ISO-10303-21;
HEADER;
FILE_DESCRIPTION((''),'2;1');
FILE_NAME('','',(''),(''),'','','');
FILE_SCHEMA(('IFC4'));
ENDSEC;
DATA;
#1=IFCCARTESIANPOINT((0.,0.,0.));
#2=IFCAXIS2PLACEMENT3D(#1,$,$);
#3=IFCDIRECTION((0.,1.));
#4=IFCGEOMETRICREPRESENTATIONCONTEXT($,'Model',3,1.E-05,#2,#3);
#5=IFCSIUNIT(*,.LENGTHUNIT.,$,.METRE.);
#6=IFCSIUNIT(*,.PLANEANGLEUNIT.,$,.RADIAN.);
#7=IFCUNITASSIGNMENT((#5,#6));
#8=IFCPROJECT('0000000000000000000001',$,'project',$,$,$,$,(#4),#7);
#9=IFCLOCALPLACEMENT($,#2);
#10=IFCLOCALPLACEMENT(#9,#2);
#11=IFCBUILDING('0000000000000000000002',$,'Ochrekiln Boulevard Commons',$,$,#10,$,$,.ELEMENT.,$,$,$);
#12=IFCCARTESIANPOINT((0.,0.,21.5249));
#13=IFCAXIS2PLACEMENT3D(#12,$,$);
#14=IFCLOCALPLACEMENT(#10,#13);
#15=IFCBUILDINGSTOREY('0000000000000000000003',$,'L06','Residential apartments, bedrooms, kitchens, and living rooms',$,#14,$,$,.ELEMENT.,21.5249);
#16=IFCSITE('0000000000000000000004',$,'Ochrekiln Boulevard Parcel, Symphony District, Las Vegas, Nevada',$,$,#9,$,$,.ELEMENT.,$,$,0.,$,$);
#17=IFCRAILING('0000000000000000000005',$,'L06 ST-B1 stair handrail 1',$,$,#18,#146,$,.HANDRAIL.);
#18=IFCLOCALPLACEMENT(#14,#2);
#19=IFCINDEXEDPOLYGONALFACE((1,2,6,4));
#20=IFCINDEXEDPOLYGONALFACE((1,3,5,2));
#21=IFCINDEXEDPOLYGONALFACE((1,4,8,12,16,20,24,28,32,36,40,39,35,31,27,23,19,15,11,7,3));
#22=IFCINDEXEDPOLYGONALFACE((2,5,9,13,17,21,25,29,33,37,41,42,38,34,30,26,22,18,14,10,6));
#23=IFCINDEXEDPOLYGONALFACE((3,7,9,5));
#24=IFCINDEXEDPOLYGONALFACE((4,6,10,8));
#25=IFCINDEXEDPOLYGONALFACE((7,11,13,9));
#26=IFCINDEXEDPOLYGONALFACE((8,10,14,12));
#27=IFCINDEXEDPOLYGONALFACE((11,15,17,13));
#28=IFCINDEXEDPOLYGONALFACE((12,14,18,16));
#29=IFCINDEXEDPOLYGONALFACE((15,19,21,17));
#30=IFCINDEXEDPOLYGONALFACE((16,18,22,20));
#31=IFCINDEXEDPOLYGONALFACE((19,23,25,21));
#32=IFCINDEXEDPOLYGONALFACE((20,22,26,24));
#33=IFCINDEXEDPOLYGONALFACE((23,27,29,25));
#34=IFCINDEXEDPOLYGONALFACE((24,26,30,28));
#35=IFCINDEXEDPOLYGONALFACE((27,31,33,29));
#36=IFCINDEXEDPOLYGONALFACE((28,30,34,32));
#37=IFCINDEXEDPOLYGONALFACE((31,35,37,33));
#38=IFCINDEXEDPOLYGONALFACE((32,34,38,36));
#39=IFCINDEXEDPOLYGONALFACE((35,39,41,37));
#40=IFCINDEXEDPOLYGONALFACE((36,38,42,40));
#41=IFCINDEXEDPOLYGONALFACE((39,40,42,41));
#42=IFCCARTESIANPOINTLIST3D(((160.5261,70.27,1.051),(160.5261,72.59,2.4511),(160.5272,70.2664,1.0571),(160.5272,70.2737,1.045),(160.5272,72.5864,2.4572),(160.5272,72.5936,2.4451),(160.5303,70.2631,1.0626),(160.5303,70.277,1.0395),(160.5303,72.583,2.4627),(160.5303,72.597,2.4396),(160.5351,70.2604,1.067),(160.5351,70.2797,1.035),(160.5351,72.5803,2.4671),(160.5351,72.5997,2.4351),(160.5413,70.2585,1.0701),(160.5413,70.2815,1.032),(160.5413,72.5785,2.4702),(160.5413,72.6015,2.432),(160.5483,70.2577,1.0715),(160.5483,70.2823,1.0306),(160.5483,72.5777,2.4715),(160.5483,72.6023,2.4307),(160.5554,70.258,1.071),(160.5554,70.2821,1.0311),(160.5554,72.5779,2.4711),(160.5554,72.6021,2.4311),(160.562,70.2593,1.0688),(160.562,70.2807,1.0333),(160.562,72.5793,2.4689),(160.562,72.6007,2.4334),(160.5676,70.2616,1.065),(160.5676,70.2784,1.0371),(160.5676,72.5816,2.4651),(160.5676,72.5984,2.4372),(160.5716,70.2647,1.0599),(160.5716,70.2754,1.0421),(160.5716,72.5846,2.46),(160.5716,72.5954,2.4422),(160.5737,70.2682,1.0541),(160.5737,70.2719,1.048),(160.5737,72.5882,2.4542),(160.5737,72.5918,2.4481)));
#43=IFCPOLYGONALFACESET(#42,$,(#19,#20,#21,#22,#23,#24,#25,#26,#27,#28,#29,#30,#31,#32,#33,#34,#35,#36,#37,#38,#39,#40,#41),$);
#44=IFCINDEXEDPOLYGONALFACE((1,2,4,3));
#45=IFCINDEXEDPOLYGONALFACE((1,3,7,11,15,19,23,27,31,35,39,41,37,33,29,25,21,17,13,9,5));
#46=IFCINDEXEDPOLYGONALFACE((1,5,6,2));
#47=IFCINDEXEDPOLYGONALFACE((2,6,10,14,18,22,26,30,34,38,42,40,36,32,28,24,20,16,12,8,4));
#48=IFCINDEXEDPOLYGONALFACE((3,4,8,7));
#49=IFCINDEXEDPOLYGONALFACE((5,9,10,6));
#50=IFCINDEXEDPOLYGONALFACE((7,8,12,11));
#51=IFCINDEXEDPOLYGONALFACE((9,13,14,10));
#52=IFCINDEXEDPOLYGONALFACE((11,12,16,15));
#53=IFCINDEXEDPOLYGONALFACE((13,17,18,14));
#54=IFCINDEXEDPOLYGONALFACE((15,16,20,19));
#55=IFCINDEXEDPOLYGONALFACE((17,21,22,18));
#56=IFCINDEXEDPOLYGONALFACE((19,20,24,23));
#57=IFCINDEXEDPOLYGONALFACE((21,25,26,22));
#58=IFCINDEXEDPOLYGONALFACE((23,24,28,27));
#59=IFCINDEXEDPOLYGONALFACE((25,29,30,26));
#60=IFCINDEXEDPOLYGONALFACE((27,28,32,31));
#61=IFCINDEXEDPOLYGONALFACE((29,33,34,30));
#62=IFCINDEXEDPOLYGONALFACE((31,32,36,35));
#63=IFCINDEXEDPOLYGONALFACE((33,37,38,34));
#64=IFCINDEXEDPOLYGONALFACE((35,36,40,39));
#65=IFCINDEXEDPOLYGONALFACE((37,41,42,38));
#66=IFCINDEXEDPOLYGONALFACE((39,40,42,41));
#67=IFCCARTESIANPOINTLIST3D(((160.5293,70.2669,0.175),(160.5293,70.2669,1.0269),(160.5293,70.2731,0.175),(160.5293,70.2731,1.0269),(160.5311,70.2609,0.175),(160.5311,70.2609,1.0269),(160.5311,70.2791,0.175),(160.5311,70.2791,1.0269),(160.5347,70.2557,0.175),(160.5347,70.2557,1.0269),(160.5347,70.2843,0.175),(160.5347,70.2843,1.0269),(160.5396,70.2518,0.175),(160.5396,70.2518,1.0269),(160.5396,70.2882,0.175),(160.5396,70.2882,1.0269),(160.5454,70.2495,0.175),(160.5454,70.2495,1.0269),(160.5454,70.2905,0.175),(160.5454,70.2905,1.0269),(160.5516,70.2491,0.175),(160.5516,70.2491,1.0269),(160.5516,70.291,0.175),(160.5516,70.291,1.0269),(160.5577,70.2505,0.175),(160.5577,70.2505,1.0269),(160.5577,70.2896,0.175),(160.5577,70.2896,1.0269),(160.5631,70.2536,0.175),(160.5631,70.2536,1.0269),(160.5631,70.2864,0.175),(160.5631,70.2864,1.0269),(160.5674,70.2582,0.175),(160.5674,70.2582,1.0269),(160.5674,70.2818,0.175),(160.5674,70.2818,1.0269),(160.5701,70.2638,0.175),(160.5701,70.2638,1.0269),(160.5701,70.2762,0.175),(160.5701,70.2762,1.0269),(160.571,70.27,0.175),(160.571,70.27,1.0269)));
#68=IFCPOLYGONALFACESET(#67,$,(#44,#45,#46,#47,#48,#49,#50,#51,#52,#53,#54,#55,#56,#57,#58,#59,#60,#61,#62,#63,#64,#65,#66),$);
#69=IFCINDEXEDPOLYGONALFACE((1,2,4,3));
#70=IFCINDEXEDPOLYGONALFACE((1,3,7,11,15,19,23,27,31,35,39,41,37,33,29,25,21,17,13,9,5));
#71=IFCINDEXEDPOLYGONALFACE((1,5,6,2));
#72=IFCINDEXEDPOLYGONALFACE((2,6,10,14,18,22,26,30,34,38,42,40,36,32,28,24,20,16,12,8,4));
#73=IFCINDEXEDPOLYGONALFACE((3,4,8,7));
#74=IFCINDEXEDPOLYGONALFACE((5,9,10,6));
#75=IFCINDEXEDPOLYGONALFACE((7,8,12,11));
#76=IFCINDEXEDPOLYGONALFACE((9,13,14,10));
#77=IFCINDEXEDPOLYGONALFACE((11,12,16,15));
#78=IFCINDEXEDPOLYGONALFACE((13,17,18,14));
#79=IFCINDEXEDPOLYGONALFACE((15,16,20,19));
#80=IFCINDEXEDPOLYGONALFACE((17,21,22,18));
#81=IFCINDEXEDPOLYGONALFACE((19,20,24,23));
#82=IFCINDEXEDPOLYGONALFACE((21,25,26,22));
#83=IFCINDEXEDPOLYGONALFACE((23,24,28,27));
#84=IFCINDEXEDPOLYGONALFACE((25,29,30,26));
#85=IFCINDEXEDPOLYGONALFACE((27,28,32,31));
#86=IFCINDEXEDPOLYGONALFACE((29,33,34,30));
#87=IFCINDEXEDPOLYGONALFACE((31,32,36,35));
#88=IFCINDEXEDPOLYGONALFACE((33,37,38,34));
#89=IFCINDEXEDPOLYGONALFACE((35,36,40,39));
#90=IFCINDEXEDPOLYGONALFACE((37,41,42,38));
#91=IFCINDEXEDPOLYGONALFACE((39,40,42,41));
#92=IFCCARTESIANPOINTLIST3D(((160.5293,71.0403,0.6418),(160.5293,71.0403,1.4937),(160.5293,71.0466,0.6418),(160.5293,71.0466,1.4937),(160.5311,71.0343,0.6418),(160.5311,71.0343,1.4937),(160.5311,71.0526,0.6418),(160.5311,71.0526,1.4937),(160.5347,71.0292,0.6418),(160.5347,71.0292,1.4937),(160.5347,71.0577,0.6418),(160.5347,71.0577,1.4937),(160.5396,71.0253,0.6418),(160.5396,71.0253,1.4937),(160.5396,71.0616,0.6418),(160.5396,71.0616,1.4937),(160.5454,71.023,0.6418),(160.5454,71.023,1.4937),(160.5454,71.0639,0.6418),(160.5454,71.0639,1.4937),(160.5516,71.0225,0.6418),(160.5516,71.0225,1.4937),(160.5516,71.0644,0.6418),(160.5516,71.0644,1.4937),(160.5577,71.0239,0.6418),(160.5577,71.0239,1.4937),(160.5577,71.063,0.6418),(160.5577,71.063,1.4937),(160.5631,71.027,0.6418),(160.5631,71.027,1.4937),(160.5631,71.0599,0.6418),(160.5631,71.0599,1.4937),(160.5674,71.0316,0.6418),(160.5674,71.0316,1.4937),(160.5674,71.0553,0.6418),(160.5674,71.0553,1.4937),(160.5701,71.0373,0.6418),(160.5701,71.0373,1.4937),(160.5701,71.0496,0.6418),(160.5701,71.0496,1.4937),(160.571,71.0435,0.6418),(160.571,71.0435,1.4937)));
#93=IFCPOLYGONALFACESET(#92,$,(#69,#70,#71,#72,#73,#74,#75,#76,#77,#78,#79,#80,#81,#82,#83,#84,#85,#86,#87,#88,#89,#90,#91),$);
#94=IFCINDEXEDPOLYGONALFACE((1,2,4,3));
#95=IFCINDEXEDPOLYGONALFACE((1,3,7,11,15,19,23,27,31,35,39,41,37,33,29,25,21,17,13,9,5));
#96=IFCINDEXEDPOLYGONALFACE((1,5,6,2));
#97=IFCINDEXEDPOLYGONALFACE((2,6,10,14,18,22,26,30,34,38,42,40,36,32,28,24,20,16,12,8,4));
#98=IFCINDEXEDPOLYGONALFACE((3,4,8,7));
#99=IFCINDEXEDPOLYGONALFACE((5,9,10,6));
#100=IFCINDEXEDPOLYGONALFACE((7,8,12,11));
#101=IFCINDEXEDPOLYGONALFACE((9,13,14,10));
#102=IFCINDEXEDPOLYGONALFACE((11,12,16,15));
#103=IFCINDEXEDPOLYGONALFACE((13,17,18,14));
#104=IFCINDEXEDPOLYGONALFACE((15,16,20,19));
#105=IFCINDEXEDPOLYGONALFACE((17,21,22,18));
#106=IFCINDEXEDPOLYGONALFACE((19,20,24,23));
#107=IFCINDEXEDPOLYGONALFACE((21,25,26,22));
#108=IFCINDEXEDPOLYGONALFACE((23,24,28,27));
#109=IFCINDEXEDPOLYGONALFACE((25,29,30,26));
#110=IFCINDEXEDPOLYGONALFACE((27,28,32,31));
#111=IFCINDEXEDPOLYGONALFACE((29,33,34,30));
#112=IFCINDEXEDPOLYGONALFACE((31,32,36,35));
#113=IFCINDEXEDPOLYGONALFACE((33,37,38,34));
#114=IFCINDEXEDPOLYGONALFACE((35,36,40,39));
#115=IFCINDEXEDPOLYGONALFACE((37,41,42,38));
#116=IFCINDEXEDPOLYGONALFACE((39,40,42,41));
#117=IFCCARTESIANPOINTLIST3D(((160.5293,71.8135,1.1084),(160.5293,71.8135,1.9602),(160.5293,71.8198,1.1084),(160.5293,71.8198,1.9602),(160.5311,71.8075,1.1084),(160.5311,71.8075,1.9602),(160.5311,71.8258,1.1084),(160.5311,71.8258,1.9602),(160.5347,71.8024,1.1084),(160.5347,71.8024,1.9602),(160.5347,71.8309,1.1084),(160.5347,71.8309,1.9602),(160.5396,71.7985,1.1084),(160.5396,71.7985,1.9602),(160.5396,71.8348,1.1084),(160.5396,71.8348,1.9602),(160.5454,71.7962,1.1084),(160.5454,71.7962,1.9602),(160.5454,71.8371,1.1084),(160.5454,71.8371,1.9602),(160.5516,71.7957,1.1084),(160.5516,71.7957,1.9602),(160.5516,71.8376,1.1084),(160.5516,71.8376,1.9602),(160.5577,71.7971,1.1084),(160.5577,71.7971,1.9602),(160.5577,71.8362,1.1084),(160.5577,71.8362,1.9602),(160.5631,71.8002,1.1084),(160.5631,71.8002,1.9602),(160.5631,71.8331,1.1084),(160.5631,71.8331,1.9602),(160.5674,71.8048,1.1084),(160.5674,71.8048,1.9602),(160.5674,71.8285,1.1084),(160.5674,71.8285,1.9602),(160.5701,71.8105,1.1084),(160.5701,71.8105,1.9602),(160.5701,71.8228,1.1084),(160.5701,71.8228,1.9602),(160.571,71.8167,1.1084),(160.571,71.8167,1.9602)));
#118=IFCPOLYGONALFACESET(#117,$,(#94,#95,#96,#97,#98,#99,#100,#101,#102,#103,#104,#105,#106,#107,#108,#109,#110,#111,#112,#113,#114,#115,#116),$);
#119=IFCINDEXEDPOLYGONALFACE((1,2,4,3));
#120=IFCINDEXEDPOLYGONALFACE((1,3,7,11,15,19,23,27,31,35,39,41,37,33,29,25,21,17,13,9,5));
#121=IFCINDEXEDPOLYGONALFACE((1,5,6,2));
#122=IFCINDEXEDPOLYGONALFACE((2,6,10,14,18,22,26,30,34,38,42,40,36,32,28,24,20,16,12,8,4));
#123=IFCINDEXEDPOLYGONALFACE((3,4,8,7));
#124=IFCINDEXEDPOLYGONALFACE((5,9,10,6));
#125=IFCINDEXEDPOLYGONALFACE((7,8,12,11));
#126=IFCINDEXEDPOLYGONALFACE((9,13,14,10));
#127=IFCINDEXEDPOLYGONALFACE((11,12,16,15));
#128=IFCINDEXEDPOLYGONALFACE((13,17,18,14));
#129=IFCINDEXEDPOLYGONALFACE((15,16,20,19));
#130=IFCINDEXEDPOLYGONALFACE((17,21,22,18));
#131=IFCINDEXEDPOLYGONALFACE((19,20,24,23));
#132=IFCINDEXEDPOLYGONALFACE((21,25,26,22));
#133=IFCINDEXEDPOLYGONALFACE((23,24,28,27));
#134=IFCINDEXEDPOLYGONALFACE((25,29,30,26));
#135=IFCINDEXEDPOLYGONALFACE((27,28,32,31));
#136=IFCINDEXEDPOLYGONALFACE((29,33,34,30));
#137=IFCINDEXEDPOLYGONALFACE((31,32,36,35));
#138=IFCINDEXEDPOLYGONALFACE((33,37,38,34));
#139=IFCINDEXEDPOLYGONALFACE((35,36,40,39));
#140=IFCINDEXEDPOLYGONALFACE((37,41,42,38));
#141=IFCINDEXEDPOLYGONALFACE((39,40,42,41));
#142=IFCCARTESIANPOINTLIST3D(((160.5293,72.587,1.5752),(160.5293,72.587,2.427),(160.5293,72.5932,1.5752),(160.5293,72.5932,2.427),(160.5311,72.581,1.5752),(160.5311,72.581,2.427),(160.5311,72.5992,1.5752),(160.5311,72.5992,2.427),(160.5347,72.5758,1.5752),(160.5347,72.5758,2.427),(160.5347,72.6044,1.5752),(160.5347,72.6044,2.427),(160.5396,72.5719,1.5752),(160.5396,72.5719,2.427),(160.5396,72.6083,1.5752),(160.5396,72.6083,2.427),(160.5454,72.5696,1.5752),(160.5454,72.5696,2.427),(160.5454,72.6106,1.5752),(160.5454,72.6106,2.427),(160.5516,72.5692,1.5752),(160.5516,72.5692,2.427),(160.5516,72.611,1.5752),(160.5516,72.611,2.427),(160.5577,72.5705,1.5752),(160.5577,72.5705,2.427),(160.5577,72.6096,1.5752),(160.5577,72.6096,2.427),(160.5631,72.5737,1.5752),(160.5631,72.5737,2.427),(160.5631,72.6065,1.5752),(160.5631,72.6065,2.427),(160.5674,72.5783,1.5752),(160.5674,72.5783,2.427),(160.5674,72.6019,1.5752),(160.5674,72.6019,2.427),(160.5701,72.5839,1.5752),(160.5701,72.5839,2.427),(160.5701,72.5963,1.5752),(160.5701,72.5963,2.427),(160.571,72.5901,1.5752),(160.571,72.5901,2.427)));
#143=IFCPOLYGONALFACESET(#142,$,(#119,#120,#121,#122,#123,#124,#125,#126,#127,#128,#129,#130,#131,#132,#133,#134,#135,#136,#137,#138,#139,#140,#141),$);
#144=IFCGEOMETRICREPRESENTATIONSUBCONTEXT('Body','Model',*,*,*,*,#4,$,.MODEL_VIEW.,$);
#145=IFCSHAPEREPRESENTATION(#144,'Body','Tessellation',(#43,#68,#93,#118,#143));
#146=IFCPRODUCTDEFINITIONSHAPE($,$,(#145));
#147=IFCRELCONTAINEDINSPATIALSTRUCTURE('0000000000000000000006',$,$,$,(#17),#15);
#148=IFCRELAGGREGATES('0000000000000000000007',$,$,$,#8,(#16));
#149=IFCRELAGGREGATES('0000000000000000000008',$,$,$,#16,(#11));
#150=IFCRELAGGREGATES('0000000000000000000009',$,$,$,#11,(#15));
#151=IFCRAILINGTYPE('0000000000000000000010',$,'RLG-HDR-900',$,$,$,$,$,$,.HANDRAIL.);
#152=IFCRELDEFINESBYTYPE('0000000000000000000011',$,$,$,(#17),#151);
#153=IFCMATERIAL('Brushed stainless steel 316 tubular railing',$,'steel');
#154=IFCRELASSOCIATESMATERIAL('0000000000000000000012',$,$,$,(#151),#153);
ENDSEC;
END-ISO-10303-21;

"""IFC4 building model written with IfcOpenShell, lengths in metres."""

from ifc_helpers import new_model, si_unit, direction, frame, origin, origin_2d, place, context, subcontext, project, spatial, circle, extrude, material, type_object, element, save


model = new_model("IFC4")

# Units and contexts
model_context = context("Model", 3, precision=1e-05, world=origin(), true_north=direction((0.0, 1.0)))
body_context = subcontext(model_context, "Body", "Model", "MODEL_VIEW")
ifc_project = project(units=[si_unit("LENGTHUNIT", "METRE"), si_unit("PLANEANGLEUNIT", "RADIAN")], contexts=[model_context])

# Site, building, storey
site_placement = place(None, origin())
site = spatial("IfcSite", under=ifc_project, at=site_placement, Name="Ochrekiln Boulevard Parcel, Symphony District, Las Vegas, Nevada", CompositionType="ELEMENT", RefElevation=0.0)
building_placement = place(site_placement, origin())
building = spatial("IfcBuilding", under=site, at=building_placement, Name="Ochrekiln Boulevard Commons", CompositionType="ELEMENT")
storey_placement = place(building_placement, frame((0.0, 0.0, 21.5249)))
storey = spatial("IfcBuildingStorey", under=building, at=storey_placement, Name="L06", Description="Residential apartments, bedrooms, kitchens, and living rooms", CompositionType="ELEMENT", Elevation=21.5249)

# Railing
ifc_material_1 = material(Name="Brushed stainless steel 316 tubular railing", Category="steel")
railing_type = type_object("IfcRailingType", Name="RLG-HDR-900", PredefinedType="HANDRAIL", material=ifc_material_1)
railing_placement = place(storey_placement, frame((160.55, 70.27, 0.175)))
element("IfcRailing", 1, at=railing_placement, inside=storey, type_object=railing_type, Name="L06 ST-B1 stair handrail 1", PredefinedType="HANDRAIL", context=body_context, shape_type="SweptSolid", body=[
    extrude(circle(Radius=0.0239, at=origin_2d()), frame((0.0, 0.0, 0.876), z_axis=(0.0, 0.85617, 0.516693), x_axis=(-1.0, 0.0, 0.0)), (0.0, 0.0, 1.0), 2.7097),
    extrude(circle(Radius=0.021, at=origin_2d()), origin(), (0.0, 0.0, 1.0), 0.8518),
    extrude(circle(Radius=0.021, at=origin_2d()), frame((0.0, 0.7734, 0.4668)), (0.0, 0.0, 1.0), 0.8518),
    extrude(circle(Radius=0.021, at=origin_2d()), frame((0.0, 1.5466, 0.9333)), (0.0, 0.0, 1.0), 0.8518),
    extrude(circle(Radius=0.021, at=origin_2d()), frame((0.0, 2.3201, 1.4001)), (0.0, 0.0, 1.0), 0.8518),
])

save(model, "model.ifc")
